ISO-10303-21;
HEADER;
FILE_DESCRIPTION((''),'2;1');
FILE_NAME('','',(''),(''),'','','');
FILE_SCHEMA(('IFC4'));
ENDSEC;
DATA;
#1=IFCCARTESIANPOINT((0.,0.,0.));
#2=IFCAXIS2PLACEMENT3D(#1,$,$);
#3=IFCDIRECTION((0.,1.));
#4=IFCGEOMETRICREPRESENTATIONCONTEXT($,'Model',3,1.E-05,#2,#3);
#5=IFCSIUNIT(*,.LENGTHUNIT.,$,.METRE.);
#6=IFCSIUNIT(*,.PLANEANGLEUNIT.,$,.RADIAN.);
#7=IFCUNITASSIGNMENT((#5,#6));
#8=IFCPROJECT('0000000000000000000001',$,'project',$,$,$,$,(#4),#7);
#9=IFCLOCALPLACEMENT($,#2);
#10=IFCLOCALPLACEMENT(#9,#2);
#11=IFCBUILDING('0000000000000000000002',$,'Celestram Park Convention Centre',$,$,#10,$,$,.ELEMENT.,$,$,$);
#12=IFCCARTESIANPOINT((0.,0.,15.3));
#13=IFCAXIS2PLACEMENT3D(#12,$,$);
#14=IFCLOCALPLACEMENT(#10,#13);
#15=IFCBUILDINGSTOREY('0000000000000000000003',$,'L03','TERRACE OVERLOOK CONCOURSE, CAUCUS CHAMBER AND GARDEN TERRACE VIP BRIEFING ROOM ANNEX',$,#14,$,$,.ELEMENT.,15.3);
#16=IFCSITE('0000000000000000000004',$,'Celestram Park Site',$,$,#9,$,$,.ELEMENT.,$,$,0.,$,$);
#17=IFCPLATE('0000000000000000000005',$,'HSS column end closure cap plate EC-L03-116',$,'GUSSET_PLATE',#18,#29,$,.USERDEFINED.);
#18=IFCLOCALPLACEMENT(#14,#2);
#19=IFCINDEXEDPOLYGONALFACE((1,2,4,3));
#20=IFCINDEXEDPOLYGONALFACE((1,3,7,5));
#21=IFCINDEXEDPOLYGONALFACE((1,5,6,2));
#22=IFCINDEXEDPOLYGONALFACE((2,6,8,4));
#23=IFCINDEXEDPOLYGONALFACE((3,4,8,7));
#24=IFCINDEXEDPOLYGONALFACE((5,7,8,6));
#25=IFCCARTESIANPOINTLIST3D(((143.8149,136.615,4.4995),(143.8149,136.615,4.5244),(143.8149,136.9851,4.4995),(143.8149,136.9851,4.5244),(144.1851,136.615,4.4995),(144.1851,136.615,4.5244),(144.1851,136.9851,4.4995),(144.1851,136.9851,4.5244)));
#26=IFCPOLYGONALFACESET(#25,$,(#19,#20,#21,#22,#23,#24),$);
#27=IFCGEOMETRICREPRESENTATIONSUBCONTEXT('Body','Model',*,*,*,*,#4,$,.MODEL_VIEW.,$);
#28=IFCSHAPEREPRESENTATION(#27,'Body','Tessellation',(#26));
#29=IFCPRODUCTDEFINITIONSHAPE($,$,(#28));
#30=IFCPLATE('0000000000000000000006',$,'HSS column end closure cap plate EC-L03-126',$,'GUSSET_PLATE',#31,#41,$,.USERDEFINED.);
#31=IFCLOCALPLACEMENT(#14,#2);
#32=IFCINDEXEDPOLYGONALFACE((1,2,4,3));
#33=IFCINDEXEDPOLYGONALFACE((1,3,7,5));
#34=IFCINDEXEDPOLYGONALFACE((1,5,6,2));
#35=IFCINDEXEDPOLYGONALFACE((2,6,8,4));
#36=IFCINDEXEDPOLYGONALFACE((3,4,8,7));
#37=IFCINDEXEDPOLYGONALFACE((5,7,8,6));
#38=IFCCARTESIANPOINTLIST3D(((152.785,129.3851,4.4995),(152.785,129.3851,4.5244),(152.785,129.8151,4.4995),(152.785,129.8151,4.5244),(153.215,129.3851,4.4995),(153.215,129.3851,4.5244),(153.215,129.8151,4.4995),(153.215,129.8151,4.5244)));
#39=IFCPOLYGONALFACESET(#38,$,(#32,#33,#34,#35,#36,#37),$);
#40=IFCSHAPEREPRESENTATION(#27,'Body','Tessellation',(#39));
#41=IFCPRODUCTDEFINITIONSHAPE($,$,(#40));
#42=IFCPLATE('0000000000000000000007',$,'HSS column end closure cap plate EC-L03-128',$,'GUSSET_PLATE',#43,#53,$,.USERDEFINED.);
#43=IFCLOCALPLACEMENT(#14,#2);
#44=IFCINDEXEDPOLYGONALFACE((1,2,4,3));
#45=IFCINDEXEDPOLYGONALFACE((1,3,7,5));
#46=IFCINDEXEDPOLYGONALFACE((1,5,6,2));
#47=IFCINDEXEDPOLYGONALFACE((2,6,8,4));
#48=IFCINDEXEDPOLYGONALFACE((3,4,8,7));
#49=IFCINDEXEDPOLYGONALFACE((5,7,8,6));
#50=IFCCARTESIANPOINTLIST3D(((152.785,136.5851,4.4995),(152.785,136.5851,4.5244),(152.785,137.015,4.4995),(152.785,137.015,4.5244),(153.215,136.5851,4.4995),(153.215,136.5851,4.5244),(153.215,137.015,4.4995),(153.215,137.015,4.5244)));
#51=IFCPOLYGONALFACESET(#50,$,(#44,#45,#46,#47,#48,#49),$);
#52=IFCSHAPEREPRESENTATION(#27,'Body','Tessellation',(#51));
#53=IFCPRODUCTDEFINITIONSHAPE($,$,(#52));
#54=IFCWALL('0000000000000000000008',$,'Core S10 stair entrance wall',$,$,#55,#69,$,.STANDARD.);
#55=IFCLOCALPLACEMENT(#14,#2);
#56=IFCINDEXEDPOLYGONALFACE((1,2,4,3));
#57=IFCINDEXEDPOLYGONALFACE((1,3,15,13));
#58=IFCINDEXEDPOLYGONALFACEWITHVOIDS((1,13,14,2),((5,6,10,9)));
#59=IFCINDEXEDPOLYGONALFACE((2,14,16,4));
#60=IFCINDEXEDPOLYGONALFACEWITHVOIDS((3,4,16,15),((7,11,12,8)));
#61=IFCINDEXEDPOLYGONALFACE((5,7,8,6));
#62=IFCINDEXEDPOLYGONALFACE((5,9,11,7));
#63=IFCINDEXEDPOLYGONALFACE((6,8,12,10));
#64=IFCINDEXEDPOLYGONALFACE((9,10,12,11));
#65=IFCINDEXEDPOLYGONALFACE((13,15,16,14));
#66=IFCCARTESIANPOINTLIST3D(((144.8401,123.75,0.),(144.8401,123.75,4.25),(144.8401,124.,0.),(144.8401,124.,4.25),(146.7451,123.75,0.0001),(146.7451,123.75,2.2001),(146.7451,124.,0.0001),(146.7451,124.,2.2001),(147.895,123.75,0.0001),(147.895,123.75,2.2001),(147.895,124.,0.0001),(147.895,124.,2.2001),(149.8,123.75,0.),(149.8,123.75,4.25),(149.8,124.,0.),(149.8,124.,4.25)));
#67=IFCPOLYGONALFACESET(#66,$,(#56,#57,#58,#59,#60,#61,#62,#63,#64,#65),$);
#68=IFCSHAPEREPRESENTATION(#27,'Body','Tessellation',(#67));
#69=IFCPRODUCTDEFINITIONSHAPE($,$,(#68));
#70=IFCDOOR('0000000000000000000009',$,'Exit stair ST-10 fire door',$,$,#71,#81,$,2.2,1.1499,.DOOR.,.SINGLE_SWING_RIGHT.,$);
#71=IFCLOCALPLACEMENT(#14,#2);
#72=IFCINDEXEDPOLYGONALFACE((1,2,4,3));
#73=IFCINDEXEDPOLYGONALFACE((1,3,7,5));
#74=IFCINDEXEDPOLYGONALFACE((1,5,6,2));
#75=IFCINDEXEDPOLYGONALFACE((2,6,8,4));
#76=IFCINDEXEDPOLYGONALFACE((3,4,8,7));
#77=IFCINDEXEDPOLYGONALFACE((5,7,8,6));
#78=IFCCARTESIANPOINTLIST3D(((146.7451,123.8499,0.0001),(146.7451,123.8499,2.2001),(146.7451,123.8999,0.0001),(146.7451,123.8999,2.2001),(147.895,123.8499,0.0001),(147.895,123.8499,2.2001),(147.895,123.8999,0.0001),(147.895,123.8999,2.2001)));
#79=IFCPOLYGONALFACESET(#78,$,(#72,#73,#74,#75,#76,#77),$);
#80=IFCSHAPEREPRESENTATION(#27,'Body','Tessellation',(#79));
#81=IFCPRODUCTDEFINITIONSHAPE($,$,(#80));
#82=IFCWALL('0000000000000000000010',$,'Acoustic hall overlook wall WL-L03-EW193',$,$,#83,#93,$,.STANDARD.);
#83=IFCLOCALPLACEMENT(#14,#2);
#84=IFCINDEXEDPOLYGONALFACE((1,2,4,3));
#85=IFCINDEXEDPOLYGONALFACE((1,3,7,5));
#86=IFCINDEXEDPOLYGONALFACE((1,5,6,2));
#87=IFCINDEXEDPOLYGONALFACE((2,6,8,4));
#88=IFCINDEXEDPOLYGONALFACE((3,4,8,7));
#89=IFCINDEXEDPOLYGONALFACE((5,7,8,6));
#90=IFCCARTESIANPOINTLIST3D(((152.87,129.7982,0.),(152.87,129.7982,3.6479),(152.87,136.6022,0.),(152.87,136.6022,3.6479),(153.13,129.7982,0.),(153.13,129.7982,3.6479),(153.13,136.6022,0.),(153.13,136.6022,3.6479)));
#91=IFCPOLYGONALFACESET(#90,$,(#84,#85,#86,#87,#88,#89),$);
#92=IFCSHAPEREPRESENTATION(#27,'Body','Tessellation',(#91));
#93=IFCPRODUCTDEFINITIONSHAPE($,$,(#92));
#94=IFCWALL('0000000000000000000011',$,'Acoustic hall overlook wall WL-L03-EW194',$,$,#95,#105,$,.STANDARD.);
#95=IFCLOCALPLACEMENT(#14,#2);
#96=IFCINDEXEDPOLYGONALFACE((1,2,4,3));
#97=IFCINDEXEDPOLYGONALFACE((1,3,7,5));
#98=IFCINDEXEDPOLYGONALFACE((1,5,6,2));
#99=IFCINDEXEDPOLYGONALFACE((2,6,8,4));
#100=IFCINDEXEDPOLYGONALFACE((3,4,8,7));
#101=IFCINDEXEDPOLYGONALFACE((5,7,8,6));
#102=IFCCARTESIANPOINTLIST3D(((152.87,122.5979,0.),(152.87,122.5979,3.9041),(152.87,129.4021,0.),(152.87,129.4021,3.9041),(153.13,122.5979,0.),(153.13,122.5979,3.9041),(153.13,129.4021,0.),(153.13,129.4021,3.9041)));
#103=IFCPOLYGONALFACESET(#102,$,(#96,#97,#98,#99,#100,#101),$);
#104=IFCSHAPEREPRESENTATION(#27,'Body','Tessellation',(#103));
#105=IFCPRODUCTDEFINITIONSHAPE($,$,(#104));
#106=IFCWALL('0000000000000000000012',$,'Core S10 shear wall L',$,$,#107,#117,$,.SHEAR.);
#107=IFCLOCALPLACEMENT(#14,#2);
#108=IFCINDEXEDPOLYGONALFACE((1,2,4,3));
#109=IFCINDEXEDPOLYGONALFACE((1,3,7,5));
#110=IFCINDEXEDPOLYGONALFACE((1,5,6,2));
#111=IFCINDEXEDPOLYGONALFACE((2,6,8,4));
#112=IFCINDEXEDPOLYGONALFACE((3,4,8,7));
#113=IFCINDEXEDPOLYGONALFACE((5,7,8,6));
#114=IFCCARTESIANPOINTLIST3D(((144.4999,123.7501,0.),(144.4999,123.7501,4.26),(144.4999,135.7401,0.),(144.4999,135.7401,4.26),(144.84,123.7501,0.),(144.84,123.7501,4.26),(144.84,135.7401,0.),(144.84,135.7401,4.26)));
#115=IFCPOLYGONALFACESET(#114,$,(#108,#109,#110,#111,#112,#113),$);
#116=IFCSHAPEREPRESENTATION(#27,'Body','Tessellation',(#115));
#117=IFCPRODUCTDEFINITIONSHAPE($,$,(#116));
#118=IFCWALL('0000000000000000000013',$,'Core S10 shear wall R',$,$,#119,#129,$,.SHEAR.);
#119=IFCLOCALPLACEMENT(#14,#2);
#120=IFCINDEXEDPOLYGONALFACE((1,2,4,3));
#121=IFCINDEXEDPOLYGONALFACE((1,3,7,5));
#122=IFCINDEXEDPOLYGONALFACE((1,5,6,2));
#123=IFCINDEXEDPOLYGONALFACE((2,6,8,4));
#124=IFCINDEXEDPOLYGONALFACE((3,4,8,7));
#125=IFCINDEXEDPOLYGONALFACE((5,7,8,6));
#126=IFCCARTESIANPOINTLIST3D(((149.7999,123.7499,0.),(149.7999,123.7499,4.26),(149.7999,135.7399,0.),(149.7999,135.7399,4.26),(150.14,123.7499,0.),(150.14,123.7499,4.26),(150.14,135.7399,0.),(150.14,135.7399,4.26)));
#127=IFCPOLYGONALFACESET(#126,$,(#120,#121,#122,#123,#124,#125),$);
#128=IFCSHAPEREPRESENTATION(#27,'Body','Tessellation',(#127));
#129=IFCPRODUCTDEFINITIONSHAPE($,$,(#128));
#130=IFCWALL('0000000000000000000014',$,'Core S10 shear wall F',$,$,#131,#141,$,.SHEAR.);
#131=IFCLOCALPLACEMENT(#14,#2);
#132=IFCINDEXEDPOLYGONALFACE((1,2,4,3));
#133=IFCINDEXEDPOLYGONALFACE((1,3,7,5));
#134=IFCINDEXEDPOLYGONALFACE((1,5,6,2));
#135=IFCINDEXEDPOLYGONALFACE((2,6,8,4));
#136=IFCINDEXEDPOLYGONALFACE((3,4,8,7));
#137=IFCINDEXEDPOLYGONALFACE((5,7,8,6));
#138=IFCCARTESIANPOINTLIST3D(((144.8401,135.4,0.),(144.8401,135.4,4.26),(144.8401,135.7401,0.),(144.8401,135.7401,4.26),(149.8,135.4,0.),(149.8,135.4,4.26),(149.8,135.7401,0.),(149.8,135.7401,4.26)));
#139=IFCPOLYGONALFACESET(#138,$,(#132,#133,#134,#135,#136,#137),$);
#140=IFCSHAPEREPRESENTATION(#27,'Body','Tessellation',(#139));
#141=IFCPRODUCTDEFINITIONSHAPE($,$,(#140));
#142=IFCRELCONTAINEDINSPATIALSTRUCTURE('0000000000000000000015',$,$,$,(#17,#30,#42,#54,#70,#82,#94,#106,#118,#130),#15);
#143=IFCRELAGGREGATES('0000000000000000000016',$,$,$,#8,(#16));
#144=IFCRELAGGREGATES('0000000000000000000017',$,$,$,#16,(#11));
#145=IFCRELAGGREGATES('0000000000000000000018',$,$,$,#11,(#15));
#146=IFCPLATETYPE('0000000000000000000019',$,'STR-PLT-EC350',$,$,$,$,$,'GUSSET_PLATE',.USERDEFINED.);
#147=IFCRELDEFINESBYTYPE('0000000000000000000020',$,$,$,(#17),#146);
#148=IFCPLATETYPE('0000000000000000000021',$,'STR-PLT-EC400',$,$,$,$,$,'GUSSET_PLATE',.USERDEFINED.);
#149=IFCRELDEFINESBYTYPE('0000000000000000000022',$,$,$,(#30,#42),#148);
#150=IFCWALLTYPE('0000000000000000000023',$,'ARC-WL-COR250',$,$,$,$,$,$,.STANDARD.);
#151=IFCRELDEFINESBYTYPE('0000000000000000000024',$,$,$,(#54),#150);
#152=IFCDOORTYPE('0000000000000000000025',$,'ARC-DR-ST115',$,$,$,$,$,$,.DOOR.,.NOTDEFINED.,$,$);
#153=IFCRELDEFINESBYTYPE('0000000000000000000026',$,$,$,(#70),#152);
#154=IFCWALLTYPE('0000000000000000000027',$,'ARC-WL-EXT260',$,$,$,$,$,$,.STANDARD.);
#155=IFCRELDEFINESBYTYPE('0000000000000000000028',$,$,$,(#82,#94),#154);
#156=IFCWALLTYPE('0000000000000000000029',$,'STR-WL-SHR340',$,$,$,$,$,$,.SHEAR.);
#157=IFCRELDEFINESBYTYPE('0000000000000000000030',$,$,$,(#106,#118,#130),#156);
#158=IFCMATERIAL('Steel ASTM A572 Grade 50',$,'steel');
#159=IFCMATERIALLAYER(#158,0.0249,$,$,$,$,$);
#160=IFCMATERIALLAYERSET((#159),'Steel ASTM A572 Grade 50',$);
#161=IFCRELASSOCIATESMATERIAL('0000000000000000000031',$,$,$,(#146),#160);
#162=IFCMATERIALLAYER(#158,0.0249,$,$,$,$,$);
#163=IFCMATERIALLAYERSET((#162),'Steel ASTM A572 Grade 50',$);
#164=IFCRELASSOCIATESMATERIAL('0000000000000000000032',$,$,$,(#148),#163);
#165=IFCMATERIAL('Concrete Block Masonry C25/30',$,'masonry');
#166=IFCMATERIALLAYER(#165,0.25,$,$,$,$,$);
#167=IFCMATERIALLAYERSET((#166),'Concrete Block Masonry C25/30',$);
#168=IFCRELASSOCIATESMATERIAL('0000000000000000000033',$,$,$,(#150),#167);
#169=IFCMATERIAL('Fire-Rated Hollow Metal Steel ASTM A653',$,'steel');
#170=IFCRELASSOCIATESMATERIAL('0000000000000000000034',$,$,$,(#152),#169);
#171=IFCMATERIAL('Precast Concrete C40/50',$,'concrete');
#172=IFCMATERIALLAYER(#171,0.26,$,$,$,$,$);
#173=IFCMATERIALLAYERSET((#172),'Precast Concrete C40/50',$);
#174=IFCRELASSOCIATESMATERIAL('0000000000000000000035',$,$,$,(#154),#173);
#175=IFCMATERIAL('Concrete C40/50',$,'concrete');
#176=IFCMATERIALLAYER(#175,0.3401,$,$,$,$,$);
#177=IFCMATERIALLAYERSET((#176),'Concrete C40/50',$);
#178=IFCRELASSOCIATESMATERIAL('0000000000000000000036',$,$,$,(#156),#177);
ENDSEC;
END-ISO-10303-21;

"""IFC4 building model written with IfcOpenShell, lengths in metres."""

from ifc_helpers import new_model, si_unit, direction, frame, frame_2d, origin, origin_2d, place, context, subcontext, project, spatial, rectangle, extrude, material, layer, layer_set, type_object, element, fill, save


model = new_model("IFC4")

# Units and contexts
model_context = context("Model", 3, precision=1e-05, world=origin(), true_north=direction((0.0, 1.0)))
body_context = subcontext(model_context, "Body", "Model", "MODEL_VIEW")
ifc_project = project(units=[si_unit("LENGTHUNIT", "METRE"), si_unit("PLANEANGLEUNIT", "RADIAN")], contexts=[model_context])

# Site, building, storey
site_placement = place(None, origin())
site = spatial("IfcSite", under=ifc_project, at=site_placement, Name="Celestram Park Site", CompositionType="ELEMENT", RefElevation=0.0)
building_placement = place(site_placement, origin())
building = spatial("IfcBuilding", under=site, at=building_placement, Name="Celestram Park Convention Centre", CompositionType="ELEMENT")
storey_placement = place(building_placement, frame((0.0, 0.0, 15.3)))
storey = spatial("IfcBuildingStorey", under=building, at=storey_placement, Name="L03", Description="TERRACE OVERLOOK CONCOURSE, CAUCUS CHAMBER AND GARDEN TERRACE VIP BRIEFING ROOM ANNEX", CompositionType="ELEMENT", Elevation=15.3)

# Plates
ifc_material_1 = material(Name="Steel ASTM A572 Grade 50", Category="steel")
ifc_layer_1 = layer(ifc_material_1, 0.0249)
ifc_layer_set_1 = layer_set([ifc_layer_1], Name="Steel ASTM A572 Grade 50")
plate_type_1 = type_object("IfcPlateType", Name="STR-PLT-EC350", ElementType="GUSSET_PLATE", PredefinedType="USERDEFINED", material=ifc_layer_set_1)
for number, where, z_axis, x_axis, name in (
    (1, (144.0, 136.8, 4.4995), (0.0, 0.0, 1.0), (1.0, 0.0, 0.0), "HSS column end closure cap plate EC-L03-116"),
):
    element("IfcPlate", number, at=place(storey_placement, frame(where, z_axis=z_axis, x_axis=x_axis)), inside=storey, type_object=plate_type_1, Name=name, ObjectType="GUSSET_PLATE", PredefinedType="USERDEFINED", context=body_context, shape_type="SweptSolid", body=[
        extrude(rectangle(XDim=0.3701, YDim=0.3701, at=origin_2d()), origin(), (0.0, 0.0, 1.0), 0.0249),
    ])
ifc_layer_2 = layer(ifc_material_1, 0.0249)
ifc_layer_set_2 = layer_set([ifc_layer_2], Name="Steel ASTM A572 Grade 50")
plate_type_2 = type_object("IfcPlateType", Name="STR-PLT-EC400", ElementType="GUSSET_PLATE", PredefinedType="USERDEFINED", material=ifc_layer_set_2)
for number, where, z_axis, x_axis, name in (
    (2, (153.0, 129.6001, 4.4995), (0.0, 0.0, 1.0), (1.0, 0.0, 0.0), "HSS column end closure cap plate EC-L03-126"),
    (3, (153.0, 136.8, 4.4995), (0.0, 0.0, 1.0), (1.0, 0.0, 0.0), "HSS column end closure cap plate EC-L03-128"),
):
    element("IfcPlate", number, at=place(storey_placement, frame(where, z_axis=z_axis, x_axis=x_axis)), inside=storey, type_object=plate_type_2, Name=name, ObjectType="GUSSET_PLATE", PredefinedType="USERDEFINED", context=body_context, shape_type="SweptSolid", body=[
        extrude(rectangle(XDim=0.4299, YDim=0.4299, at=origin_2d()), origin(), (0.0, 0.0, 1.0), 0.0249),
    ])

# Wall, opening, door
ifc_material_2 = material(Name="Concrete Block Masonry C25/30", Category="masonry")
ifc_layer_3 = layer(ifc_material_2, 0.25)
ifc_layer_set_3 = layer_set([ifc_layer_3], Name="Concrete Block Masonry C25/30")
wall_type_1 = type_object("IfcWallType", Name="ARC-WL-COR250", PredefinedType="STANDARD", material=ifc_layer_set_3)
wall_1_placement = place(storey_placement, frame((144.8401, 123.875, 0.0), z_axis=(0.0, 0.0, 1.0), x_axis=(1.0, 0.0, 0.0)))
wall_1 = element("IfcWall", 4, at=wall_1_placement, inside=storey, type_object=wall_type_1, Name="Core S10 stair entrance wall", PredefinedType="STANDARD", context=body_context, shape_type="SweptSolid", body=[
    extrude(rectangle(XDim=4.96, YDim=0.25, at=frame_2d((2.48, 0.0))), origin(), (0.0, 0.0, 1.0), 4.25),
])
opening_placement = place(wall_1_placement, frame((1.905, 0.0, 0.0)))
opening = element("IfcOpeningElement", 5, at=opening_placement, cuts=wall_1, PredefinedType="OPENING", context=body_context, shape_type="SweptSolid", body=[
    extrude(rectangle(XDim=1.1499, YDim=2.2, at=frame_2d((0.575, 1.1001))), frame((0.0, 0.135, 0.0), z_axis=(0.0, -1.0, 0.0), x_axis=(1.0, 0.0, 0.0)), (0.0, 0.0, 1.0), 0.27),
])
ifc_material_3 = material(Name="Fire-Rated Hollow Metal Steel ASTM A653", Category="steel")
door_type = type_object("IfcDoorType", Name="ARC-DR-ST115", OperationType="NOTDEFINED", PredefinedType="DOOR", material=ifc_material_3)
door_placement = place(opening_placement, origin())
door = element("IfcDoor", 6, at=door_placement, inside=storey, type_object=door_type, Name="Exit stair ST-10 fire door", OperationType="SINGLE_SWING_RIGHT", OverallHeight=2.2, OverallWidth=1.1499, PredefinedType="DOOR", context=body_context, shape_type="SweptSolid", body=[
    extrude(rectangle(XDim=1.1499, YDim=2.2, at=frame_2d((0.575, 1.1001))), frame((0.0, 0.0249, 0.0), z_axis=(0.0, -1.0, 0.0), x_axis=(1.0, 0.0, 0.0)), (0.0, 0.0, 1.0), 0.05),
])
fill(opening, door)

# Walls
ifc_material_4 = material(Name="Precast Concrete C40/50", Category="concrete")
ifc_layer_4 = layer(ifc_material_4, 0.26)
ifc_layer_set_4 = layer_set([ifc_layer_4], Name="Precast Concrete C40/50")
wall_type_2 = type_object("IfcWallType", Name="ARC-WL-EXT260", PredefinedType="STANDARD", material=ifc_layer_set_4)
wall_2_placement = place(storey_placement, frame((153.0, 136.6021, 0.0), z_axis=(0.0, 0.0, 1.0), x_axis=(0.0, -1.0, 0.0)))
element("IfcWall", 7, at=wall_2_placement, inside=storey, type_object=wall_type_2, Name="Acoustic hall overlook wall WL-L03-EW193", PredefinedType="STANDARD", context=body_context, shape_type="SweptSolid", body=[
    extrude(rectangle(XDim=6.804, YDim=0.26, at=frame_2d((3.4019, 0.0))), origin(), (0.0, 0.0, 1.0), 3.6479),
])
wall_3_placement = place(storey_placement, frame((153.0, 129.4021, 0.0), z_axis=(0.0, 0.0, 1.0), x_axis=(0.0, -1.0, 0.0)))
element("IfcWall", 8, at=wall_3_placement, inside=storey, type_object=wall_type_2, Name="Acoustic hall overlook wall WL-L03-EW194", PredefinedType="STANDARD", context=body_context, shape_type="SweptSolid", body=[
    extrude(rectangle(XDim=6.8042, YDim=0.26, at=frame_2d((3.4021, 0.0))), origin(), (0.0, 0.0, 1.0), 3.9041),
])
ifc_material_5 = material(Name="Concrete C40/50", Category="concrete")
ifc_layer_5 = layer(ifc_material_5, 0.3401)
ifc_layer_set_5 = layer_set([ifc_layer_5], Name="Concrete C40/50")
wall_type_3 = type_object("IfcWallType", Name="STR-WL-SHR340", PredefinedType="SHEAR", material=ifc_layer_set_5)
for number, where, z_axis, x_axis, name in (
    (9, (144.6699, 123.75, 0.0), (0.0, 0.0, 1.0), (0.0, 1.0, 0.0), "Core S10 shear wall L"),
    (10, (149.97, 135.74, 0.0), (0.0, 0.0, 1.0), (0.0, -1.0, 0.0), "Core S10 shear wall R"),
):
    element("IfcWall", number, at=place(storey_placement, frame(where, z_axis=z_axis, x_axis=x_axis)), inside=storey, type_object=wall_type_3, Name=name, PredefinedType="SHEAR", context=body_context, shape_type="SweptSolid", body=[
        extrude(rectangle(XDim=11.99, YDim=0.3401, at=frame_2d((5.9951, 0.0))), origin(), (0.0, 0.0, 1.0), 4.26),
    ])
wall_4_placement = place(storey_placement, frame((144.8401, 135.5701, 0.0), z_axis=(0.0, 0.0, 1.0), x_axis=(1.0, 0.0, 0.0)))
element("IfcWall", 11, at=wall_4_placement, inside=storey, type_object=wall_type_3, Name="Core S10 shear wall F", PredefinedType="SHEAR", context=body_context, shape_type="SweptSolid", body=[
    extrude(rectangle(XDim=4.96, YDim=0.3401, at=frame_2d((2.48, 0.0))), origin(), (0.0, 0.0, 1.0), 4.26),
])

save(model, "model.ifc")
